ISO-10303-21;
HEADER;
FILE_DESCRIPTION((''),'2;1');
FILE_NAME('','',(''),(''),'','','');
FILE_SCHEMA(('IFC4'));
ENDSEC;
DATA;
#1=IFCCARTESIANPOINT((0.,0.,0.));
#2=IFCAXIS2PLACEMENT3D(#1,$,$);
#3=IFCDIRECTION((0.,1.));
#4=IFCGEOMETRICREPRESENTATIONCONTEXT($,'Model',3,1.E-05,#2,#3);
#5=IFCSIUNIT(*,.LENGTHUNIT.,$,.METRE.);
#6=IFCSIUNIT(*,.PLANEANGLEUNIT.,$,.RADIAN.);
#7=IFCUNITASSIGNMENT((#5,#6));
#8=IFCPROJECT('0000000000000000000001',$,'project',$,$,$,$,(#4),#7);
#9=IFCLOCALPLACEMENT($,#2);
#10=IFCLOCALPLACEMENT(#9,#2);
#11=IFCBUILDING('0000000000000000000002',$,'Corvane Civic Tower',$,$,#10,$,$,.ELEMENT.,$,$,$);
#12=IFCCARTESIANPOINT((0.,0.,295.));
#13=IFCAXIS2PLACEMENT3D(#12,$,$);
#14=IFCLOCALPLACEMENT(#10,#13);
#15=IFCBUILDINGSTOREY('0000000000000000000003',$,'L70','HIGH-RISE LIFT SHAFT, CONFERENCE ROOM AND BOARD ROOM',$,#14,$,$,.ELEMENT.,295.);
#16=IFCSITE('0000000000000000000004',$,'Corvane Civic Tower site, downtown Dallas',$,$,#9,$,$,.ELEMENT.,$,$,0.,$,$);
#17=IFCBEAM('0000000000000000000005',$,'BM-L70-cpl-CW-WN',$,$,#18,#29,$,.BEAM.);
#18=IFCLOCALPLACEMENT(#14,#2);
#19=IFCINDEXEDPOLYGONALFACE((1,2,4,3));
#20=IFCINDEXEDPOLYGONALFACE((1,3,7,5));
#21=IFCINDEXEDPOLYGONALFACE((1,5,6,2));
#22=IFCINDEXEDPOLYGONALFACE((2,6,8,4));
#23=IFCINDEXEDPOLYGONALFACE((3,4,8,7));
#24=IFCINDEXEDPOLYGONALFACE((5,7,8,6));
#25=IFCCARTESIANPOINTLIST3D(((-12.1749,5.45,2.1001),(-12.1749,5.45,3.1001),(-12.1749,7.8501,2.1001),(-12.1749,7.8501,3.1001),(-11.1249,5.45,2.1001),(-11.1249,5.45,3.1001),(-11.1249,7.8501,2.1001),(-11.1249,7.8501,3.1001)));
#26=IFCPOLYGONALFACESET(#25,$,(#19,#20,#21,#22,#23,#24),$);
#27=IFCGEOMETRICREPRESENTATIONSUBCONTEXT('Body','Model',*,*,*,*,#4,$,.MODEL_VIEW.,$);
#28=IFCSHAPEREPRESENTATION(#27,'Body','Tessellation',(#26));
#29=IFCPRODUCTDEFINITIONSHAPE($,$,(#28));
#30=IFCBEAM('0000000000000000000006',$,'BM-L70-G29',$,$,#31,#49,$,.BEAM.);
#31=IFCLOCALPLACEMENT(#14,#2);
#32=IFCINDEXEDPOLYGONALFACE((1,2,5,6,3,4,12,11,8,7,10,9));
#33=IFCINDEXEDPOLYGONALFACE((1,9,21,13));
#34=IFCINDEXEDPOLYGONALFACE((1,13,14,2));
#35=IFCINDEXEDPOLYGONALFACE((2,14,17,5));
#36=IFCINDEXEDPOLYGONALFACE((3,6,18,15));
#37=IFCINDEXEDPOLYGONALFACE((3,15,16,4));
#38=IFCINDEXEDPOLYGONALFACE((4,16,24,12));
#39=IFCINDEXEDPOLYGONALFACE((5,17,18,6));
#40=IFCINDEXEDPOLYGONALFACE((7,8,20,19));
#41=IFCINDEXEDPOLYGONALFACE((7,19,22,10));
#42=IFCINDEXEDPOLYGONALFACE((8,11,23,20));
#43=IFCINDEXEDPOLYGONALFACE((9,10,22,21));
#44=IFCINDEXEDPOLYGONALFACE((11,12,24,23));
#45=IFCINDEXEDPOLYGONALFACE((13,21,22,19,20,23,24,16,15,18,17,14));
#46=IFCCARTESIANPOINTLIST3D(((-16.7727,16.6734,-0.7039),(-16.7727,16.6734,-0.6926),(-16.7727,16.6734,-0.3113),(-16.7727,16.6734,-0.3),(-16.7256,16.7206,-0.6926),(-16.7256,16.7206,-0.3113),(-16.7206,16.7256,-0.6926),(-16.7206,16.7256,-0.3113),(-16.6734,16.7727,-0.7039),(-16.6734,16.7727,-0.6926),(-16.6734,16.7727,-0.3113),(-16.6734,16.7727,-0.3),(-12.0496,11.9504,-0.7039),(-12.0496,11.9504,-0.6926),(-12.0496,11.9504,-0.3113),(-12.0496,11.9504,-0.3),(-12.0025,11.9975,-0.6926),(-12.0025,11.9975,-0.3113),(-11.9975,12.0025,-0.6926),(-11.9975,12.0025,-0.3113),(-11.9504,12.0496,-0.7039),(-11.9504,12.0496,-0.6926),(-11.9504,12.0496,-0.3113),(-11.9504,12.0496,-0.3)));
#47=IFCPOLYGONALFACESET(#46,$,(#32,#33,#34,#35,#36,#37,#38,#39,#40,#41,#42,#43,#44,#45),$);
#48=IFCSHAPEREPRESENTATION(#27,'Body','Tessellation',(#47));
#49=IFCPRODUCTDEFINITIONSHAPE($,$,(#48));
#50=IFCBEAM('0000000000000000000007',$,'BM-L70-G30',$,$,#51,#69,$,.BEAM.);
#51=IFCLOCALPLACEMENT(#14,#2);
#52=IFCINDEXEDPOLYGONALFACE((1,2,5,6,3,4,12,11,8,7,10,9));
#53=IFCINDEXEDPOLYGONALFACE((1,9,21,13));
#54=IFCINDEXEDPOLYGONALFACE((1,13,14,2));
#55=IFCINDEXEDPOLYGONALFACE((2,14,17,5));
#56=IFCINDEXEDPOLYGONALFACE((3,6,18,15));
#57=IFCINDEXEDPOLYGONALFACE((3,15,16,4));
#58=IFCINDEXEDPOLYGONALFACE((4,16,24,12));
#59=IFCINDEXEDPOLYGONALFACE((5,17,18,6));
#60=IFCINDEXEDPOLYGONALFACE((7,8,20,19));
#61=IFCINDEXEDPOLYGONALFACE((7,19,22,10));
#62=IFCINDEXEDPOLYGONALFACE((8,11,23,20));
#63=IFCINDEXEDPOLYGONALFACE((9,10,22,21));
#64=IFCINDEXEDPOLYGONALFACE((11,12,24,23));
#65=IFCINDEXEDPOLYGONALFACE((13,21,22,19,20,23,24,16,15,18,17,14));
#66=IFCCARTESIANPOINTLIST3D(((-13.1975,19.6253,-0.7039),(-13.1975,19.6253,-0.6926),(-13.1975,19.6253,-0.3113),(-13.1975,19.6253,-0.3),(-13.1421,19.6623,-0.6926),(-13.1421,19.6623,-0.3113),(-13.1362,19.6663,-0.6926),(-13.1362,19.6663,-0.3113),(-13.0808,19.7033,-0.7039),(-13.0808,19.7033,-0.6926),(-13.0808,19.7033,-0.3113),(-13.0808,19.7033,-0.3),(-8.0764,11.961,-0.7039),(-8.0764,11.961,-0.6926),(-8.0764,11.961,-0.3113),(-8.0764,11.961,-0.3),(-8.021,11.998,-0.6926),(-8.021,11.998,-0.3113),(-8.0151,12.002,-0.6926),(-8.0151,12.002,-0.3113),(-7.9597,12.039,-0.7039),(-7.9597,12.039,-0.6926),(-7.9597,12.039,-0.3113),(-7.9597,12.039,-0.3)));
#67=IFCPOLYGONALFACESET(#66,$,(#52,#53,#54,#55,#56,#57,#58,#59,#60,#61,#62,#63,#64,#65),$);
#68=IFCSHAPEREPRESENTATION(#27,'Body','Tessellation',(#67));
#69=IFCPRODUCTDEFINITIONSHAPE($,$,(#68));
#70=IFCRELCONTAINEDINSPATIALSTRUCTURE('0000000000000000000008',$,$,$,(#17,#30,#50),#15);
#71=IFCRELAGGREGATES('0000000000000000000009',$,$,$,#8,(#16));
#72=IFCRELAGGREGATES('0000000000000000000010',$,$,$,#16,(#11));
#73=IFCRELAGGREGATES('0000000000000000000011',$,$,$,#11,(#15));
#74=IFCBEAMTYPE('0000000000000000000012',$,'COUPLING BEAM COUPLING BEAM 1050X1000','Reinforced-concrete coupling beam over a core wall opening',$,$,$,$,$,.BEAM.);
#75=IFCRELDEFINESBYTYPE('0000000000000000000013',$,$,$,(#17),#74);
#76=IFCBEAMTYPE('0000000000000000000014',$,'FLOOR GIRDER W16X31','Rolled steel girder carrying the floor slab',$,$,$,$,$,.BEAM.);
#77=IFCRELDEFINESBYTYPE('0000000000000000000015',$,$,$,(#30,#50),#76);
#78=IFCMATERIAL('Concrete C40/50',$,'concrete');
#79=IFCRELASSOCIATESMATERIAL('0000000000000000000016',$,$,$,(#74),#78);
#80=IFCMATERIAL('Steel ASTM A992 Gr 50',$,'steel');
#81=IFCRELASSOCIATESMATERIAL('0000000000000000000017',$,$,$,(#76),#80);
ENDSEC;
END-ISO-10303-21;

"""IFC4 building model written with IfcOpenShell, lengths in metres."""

from ifc_helpers import new_model, si_unit, direction, frame, origin, origin_2d, place, context, subcontext, project, spatial, rectangle, i_section, extrude, material, material_profile, profile_set, type_object, element, save


model = new_model("IFC4")

# Units and contexts
model_context = context("Model", 3, precision=1e-05, world=origin(), true_north=direction((0.0, 1.0)))
body_context = subcontext(model_context, "Body", "Model", "MODEL_VIEW")
ifc_project = project(units=[si_unit("LENGTHUNIT", "METRE"), si_unit("PLANEANGLEUNIT", "RADIAN")], contexts=[model_context])

# Site, building, storey
site_placement = place(None, origin())
site = spatial("IfcSite", under=ifc_project, at=site_placement, Name="Corvane Civic Tower site, downtown Dallas", CompositionType="ELEMENT", RefElevation=0.0)
building_placement = place(site_placement, origin())
building = spatial("IfcBuilding", under=site, at=building_placement, Name="Corvane Civic Tower", CompositionType="ELEMENT")
storey_placement = place(building_placement, frame((0.0, 0.0, 295.0)))
storey = spatial("IfcBuildingStorey", under=building, at=storey_placement, Name="L70", Description="HIGH-RISE LIFT SHAFT, CONFERENCE ROOM AND BOARD ROOM", CompositionType="ELEMENT", Elevation=295.0)

# Beams
ifc_material_1 = material(Name="Concrete C40/50", Category="concrete")
ifc_material_profile_1 = material_profile(ifc_material_1, rectangle(XDim=1.05, YDim=1.0, at=origin_2d()), Name="COUPLING BEAM 1050X1000")
ifc_profile_set_1 = profile_set([ifc_material_profile_1], Name="Concrete C40/50")
beam_type_1 = type_object("IfcBeamType", Name="COUPLING BEAM COUPLING BEAM 1050X1000", Description="Reinforced-concrete coupling beam over a core wall opening", PredefinedType="BEAM", material=ifc_profile_set_1)
beam_1_placement = place(storey_placement, frame((-11.6499, 5.45, 2.6001), z_axis=(0.0, 1.0, 0.0), x_axis=(-1.0, 0.0, 0.0)))
element("IfcBeam", 1, at=beam_1_placement, inside=storey, type_object=beam_type_1, Name="BM-L70-cpl-CW-WN", PredefinedType="BEAM", context=body_context, shape_type="SweptSolid", body=[
    extrude(rectangle(XDim=1.05, YDim=1.0, at=origin_2d()), origin(), (0.0, 0.0, 1.0), 2.4001),
])
ifc_material_2 = material(Name="Steel ASTM A992 Gr 50", Category="steel")
ifc_material_profile_2 = material_profile(ifc_material_2, i_section(OverallWidth=0.1404, OverallDepth=0.4038, WebThickness=0.0071, FlangeThickness=0.0112, at=origin_2d()), Name="W16X31")
ifc_profile_set_2 = profile_set([ifc_material_profile_2], Name="Steel ASTM A992 Gr 50")
beam_type_2 = type_object("IfcBeamType", Name="FLOOR GIRDER W16X31", Description="Rolled steel girder carrying the floor slab", PredefinedType="BEAM", material=ifc_profile_set_2)
beam_2_placement = place(storey_placement, frame((-12.0, 12.0, -0.502), z_axis=(-0.707107, 0.707107, 0.0), x_axis=(-0.707107, -0.707107, 0.0)))
element("IfcBeam", 2, at=beam_2_placement, inside=storey, type_object=beam_type_2, Name="BM-L70-G29", PredefinedType="BEAM", context=body_context, shape_type="SweptSolid", body=[
    extrude(i_section(OverallWidth=0.1404, OverallDepth=0.4038, WebThickness=0.0071, FlangeThickness=0.0112, at=origin_2d()), origin(), (0.0, 0.0, 1.0), 6.6794),
])
beam_3_placement = place(storey_placement, frame((-8.0181, 12.0, -0.502), z_axis=(-0.555568, 0.831471, 0.0), x_axis=(-0.831471, -0.555568, 0.0)))
element("IfcBeam", 3, at=beam_3_placement, inside=storey, type_object=beam_type_2, Name="BM-L70-G30", PredefinedType="BEAM", context=body_context, shape_type="SweptSolid", body=[
    extrude(i_section(OverallWidth=0.1404, OverallDepth=0.4038, WebThickness=0.0071, FlangeThickness=0.0112, at=origin_2d()), origin(), (0.0, 0.0, 1.0), 9.2178),
])

save(model, "model.ifc")
